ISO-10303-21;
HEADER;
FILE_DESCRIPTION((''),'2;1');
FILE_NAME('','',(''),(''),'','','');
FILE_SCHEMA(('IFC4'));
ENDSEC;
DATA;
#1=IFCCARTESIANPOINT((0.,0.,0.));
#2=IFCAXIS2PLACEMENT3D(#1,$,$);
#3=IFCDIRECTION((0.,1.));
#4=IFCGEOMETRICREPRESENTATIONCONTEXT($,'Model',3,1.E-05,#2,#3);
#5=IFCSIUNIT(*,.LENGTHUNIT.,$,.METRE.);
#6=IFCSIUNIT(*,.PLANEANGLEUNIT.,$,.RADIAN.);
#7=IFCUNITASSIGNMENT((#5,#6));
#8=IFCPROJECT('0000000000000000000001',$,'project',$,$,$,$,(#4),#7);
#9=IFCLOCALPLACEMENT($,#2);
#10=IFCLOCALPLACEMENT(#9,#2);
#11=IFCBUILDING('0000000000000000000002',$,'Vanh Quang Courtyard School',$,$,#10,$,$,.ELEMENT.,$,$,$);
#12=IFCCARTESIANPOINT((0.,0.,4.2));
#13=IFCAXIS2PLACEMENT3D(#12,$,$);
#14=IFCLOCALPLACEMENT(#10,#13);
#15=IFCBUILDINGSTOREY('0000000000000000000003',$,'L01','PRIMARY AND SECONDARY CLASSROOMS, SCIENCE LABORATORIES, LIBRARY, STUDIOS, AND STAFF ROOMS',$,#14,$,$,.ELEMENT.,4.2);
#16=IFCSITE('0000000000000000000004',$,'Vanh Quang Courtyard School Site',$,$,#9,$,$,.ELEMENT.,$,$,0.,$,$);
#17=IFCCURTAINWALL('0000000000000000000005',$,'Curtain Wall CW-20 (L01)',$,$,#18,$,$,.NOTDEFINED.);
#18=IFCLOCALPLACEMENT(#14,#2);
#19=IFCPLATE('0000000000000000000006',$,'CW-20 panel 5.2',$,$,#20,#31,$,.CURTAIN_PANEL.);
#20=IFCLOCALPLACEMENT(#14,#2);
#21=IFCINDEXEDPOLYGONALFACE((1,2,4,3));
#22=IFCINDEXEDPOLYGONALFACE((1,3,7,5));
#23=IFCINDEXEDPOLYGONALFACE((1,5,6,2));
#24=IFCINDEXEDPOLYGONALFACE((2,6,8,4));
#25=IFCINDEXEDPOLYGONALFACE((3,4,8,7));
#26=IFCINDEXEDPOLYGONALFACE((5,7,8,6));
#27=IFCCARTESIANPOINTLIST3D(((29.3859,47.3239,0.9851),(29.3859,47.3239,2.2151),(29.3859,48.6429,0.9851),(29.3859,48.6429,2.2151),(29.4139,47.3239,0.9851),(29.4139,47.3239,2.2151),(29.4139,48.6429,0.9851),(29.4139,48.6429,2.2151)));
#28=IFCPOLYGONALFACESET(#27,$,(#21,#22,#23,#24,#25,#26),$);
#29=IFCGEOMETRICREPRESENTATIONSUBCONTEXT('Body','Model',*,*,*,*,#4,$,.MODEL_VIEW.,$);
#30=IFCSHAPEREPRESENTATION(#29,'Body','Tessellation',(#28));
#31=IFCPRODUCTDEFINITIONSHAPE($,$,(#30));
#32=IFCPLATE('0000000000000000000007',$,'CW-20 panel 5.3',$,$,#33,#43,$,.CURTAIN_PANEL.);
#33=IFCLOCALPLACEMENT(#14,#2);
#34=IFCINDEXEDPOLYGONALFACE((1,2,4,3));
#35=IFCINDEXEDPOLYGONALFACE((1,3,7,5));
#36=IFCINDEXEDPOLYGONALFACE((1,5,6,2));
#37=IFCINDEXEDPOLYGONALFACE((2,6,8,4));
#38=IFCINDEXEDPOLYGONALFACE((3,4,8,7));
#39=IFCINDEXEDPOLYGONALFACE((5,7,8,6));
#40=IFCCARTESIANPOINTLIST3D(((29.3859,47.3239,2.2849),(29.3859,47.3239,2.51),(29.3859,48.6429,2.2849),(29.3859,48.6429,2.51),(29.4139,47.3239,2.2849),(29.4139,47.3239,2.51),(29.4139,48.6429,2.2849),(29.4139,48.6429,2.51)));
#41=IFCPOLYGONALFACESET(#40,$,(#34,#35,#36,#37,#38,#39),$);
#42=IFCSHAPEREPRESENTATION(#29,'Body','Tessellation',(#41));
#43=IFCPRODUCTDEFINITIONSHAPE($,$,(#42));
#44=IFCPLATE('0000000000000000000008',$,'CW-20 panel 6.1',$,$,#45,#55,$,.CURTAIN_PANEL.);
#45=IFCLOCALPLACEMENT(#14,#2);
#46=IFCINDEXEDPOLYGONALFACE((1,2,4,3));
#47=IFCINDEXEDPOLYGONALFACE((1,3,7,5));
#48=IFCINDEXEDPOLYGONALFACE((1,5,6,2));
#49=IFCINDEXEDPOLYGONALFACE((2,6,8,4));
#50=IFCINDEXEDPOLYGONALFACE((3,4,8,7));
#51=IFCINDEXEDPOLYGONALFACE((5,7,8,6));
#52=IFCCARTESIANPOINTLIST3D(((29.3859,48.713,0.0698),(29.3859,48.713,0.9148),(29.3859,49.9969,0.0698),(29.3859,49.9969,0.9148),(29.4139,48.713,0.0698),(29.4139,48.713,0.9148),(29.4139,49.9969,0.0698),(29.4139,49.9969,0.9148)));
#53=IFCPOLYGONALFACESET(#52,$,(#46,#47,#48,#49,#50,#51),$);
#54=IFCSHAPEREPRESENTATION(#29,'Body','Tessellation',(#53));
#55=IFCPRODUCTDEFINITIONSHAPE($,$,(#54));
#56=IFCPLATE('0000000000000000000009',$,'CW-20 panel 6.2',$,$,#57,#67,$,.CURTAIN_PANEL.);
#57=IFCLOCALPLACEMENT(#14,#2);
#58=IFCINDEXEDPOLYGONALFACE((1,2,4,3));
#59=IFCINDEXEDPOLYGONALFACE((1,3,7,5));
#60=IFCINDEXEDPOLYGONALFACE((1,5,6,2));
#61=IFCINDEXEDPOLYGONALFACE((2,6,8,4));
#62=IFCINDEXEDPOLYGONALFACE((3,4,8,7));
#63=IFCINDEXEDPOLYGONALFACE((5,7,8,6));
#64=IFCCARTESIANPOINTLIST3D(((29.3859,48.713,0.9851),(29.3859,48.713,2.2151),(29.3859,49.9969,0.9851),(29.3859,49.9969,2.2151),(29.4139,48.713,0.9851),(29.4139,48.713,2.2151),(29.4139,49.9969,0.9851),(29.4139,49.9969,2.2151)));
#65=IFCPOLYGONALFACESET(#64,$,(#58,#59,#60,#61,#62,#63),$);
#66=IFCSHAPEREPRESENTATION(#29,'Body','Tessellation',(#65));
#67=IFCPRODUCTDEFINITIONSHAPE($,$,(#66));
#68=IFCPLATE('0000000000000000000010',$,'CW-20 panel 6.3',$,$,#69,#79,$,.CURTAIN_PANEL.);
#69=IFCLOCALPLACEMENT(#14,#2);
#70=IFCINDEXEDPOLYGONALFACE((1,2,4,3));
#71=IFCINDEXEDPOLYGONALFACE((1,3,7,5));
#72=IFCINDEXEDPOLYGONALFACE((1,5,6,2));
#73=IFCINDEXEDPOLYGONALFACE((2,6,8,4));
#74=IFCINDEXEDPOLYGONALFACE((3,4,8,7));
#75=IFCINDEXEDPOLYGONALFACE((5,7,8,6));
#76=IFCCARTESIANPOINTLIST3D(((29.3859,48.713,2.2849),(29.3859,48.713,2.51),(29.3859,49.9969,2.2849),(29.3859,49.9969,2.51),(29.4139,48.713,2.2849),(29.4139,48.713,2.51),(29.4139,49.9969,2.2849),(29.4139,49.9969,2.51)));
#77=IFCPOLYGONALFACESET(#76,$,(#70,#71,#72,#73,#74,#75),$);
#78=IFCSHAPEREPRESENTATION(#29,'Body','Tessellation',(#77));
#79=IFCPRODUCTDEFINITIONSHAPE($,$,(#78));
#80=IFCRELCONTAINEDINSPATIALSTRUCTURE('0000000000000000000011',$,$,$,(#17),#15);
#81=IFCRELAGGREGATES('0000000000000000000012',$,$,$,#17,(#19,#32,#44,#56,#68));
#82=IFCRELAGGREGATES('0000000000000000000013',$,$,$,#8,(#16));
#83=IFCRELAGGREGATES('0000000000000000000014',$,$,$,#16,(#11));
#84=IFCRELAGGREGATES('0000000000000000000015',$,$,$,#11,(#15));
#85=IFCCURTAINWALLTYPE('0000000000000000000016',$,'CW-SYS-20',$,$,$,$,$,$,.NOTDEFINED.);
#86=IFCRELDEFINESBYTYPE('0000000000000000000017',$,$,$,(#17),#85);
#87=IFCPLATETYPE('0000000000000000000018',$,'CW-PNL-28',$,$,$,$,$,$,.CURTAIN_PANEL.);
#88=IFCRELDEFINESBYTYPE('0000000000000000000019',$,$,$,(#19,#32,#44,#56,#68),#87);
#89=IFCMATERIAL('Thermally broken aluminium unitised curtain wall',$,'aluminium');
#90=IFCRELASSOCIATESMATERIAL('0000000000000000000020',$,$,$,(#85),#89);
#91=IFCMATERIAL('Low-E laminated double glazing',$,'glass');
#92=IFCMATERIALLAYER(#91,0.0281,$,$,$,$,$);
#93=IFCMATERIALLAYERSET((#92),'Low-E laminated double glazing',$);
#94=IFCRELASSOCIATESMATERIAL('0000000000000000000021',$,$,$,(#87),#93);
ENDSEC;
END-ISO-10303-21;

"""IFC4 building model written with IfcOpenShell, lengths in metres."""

from ifc_helpers import new_model, si_unit, direction, frame, origin, origin_2d, place, context, subcontext, project, spatial, rectangle, extrude, material, layer, layer_set, type_object, element, aggregate, save


model = new_model("IFC4")

# Units and contexts
model_context = context("Model", 3, precision=1e-05, world=origin(), true_north=direction((0.0, 1.0)))
body_context = subcontext(model_context, "Body", "Model", "MODEL_VIEW")
ifc_project = project(units=[si_unit("LENGTHUNIT", "METRE"), si_unit("PLANEANGLEUNIT", "RADIAN")], contexts=[model_context])

# Site, building, storey
site_placement = place(None, origin())
site = spatial("IfcSite", under=ifc_project, at=site_placement, Name="Vanh Quang Courtyard School Site", CompositionType="ELEMENT", RefElevation=0.0)
building_placement = place(site_placement, origin())
building = spatial("IfcBuilding", under=site, at=building_placement, Name="Vanh Quang Courtyard School", CompositionType="ELEMENT")
storey_placement = place(building_placement, frame((0.0, 0.0, 4.2)))
storey = spatial("IfcBuildingStorey", under=building, at=storey_placement, Name="L01", Description="PRIMARY AND SECONDARY CLASSROOMS, SCIENCE LABORATORIES, LIBRARY, STUDIOS, AND STAFF ROOMS", CompositionType="ELEMENT", Elevation=4.2)

# Curtain wall, plates
ifc_material_1 = material(Name="Thermally broken aluminium unitised curtain wall", Category="aluminium")
curtain_wall_type = type_object("IfcCurtainWallType", Name="CW-SYS-20", PredefinedType="NOTDEFINED", material=ifc_material_1)
curtain_wall_placement = place(storey_placement, origin())
curtain_wall = element("IfcCurtainWall", 1, at=curtain_wall_placement, inside=storey, type_object=curtain_wall_type, Name="Curtain Wall CW-20 (L01)", PredefinedType="NOTDEFINED")
ifc_material_2 = material(Name="Low-E laminated double glazing", Category="glass")
ifc_layer = layer(ifc_material_2, 0.0281)
ifc_layer_set = layer_set([ifc_layer], Name="Low-E laminated double glazing")
plate_type = type_object("IfcPlateType", Name="CW-PNL-28", PredefinedType="CURTAIN_PANEL", material=ifc_layer_set)
plate_1_placement = place(storey_placement, frame((29.3999, 47.9834, 0.9851), z_axis=(0.0, 0.0, 1.0), x_axis=(0.0, 1.0, 0.0)))
plate_1 = element("IfcPlate", 2, at=plate_1_placement, type_object=plate_type, Name="CW-20 panel 5.2", PredefinedType="CURTAIN_PANEL", context=body_context, shape_type="SweptSolid", body=[
    extrude(rectangle(XDim=1.3191, YDim=0.0281, at=origin_2d()), origin(), (0.0, 0.0, 1.0), 1.23),
])
plate_2_placement = place(storey_placement, frame((29.3999, 47.9834, 2.2849), z_axis=(0.0, 0.0, 1.0), x_axis=(0.0, 1.0, 0.0)))
plate_2 = element("IfcPlate", 3, at=plate_2_placement, type_object=plate_type, Name="CW-20 panel 5.3", PredefinedType="CURTAIN_PANEL", context=body_context, shape_type="SweptSolid", body=[
    extrude(rectangle(XDim=1.3191, YDim=0.0281, at=origin_2d()), origin(), (0.0, 0.0, 1.0), 0.2251),
])
plate_3_placement = place(storey_placement, frame((29.3999, 49.355, 0.0698), z_axis=(0.0, 0.0, 1.0), x_axis=(0.0, 1.0, 0.0)))
plate_3 = element("IfcPlate", 4, at=plate_3_placement, type_object=plate_type, Name="CW-20 panel 6.1", PredefinedType="CURTAIN_PANEL", context=body_context, shape_type="SweptSolid", body=[
    extrude(rectangle(XDim=1.2839, YDim=0.0281, at=origin_2d()), origin(), (0.0, 0.0, 1.0), 0.845),
])
plate_4_placement = place(storey_placement, frame((29.3999, 49.355, 0.9851), z_axis=(0.0, 0.0, 1.0), x_axis=(0.0, 1.0, 0.0)))
plate_4 = element("IfcPlate", 5, at=plate_4_placement, type_object=plate_type, Name="CW-20 panel 6.2", PredefinedType="CURTAIN_PANEL", context=body_context, shape_type="SweptSolid", body=[
    extrude(rectangle(XDim=1.2839, YDim=0.0281, at=origin_2d()), origin(), (0.0, 0.0, 1.0), 1.23),
])
plate_5_placement = place(storey_placement, frame((29.3999, 49.355, 2.2849), z_axis=(0.0, 0.0, 1.0), x_axis=(0.0, 1.0, 0.0)))
plate_5 = element("IfcPlate", 6, at=plate_5_placement, type_object=plate_type, Name="CW-20 panel 6.3", PredefinedType="CURTAIN_PANEL", context=body_context, shape_type="SweptSolid", body=[
    extrude(rectangle(XDim=1.2839, YDim=0.0281, at=origin_2d()), origin(), (0.0, 0.0, 1.0), 0.2251),
])
aggregate(curtain_wall, [plate_1, plate_2, plate_3, plate_4, plate_5])

save(model, "model.ifc")
